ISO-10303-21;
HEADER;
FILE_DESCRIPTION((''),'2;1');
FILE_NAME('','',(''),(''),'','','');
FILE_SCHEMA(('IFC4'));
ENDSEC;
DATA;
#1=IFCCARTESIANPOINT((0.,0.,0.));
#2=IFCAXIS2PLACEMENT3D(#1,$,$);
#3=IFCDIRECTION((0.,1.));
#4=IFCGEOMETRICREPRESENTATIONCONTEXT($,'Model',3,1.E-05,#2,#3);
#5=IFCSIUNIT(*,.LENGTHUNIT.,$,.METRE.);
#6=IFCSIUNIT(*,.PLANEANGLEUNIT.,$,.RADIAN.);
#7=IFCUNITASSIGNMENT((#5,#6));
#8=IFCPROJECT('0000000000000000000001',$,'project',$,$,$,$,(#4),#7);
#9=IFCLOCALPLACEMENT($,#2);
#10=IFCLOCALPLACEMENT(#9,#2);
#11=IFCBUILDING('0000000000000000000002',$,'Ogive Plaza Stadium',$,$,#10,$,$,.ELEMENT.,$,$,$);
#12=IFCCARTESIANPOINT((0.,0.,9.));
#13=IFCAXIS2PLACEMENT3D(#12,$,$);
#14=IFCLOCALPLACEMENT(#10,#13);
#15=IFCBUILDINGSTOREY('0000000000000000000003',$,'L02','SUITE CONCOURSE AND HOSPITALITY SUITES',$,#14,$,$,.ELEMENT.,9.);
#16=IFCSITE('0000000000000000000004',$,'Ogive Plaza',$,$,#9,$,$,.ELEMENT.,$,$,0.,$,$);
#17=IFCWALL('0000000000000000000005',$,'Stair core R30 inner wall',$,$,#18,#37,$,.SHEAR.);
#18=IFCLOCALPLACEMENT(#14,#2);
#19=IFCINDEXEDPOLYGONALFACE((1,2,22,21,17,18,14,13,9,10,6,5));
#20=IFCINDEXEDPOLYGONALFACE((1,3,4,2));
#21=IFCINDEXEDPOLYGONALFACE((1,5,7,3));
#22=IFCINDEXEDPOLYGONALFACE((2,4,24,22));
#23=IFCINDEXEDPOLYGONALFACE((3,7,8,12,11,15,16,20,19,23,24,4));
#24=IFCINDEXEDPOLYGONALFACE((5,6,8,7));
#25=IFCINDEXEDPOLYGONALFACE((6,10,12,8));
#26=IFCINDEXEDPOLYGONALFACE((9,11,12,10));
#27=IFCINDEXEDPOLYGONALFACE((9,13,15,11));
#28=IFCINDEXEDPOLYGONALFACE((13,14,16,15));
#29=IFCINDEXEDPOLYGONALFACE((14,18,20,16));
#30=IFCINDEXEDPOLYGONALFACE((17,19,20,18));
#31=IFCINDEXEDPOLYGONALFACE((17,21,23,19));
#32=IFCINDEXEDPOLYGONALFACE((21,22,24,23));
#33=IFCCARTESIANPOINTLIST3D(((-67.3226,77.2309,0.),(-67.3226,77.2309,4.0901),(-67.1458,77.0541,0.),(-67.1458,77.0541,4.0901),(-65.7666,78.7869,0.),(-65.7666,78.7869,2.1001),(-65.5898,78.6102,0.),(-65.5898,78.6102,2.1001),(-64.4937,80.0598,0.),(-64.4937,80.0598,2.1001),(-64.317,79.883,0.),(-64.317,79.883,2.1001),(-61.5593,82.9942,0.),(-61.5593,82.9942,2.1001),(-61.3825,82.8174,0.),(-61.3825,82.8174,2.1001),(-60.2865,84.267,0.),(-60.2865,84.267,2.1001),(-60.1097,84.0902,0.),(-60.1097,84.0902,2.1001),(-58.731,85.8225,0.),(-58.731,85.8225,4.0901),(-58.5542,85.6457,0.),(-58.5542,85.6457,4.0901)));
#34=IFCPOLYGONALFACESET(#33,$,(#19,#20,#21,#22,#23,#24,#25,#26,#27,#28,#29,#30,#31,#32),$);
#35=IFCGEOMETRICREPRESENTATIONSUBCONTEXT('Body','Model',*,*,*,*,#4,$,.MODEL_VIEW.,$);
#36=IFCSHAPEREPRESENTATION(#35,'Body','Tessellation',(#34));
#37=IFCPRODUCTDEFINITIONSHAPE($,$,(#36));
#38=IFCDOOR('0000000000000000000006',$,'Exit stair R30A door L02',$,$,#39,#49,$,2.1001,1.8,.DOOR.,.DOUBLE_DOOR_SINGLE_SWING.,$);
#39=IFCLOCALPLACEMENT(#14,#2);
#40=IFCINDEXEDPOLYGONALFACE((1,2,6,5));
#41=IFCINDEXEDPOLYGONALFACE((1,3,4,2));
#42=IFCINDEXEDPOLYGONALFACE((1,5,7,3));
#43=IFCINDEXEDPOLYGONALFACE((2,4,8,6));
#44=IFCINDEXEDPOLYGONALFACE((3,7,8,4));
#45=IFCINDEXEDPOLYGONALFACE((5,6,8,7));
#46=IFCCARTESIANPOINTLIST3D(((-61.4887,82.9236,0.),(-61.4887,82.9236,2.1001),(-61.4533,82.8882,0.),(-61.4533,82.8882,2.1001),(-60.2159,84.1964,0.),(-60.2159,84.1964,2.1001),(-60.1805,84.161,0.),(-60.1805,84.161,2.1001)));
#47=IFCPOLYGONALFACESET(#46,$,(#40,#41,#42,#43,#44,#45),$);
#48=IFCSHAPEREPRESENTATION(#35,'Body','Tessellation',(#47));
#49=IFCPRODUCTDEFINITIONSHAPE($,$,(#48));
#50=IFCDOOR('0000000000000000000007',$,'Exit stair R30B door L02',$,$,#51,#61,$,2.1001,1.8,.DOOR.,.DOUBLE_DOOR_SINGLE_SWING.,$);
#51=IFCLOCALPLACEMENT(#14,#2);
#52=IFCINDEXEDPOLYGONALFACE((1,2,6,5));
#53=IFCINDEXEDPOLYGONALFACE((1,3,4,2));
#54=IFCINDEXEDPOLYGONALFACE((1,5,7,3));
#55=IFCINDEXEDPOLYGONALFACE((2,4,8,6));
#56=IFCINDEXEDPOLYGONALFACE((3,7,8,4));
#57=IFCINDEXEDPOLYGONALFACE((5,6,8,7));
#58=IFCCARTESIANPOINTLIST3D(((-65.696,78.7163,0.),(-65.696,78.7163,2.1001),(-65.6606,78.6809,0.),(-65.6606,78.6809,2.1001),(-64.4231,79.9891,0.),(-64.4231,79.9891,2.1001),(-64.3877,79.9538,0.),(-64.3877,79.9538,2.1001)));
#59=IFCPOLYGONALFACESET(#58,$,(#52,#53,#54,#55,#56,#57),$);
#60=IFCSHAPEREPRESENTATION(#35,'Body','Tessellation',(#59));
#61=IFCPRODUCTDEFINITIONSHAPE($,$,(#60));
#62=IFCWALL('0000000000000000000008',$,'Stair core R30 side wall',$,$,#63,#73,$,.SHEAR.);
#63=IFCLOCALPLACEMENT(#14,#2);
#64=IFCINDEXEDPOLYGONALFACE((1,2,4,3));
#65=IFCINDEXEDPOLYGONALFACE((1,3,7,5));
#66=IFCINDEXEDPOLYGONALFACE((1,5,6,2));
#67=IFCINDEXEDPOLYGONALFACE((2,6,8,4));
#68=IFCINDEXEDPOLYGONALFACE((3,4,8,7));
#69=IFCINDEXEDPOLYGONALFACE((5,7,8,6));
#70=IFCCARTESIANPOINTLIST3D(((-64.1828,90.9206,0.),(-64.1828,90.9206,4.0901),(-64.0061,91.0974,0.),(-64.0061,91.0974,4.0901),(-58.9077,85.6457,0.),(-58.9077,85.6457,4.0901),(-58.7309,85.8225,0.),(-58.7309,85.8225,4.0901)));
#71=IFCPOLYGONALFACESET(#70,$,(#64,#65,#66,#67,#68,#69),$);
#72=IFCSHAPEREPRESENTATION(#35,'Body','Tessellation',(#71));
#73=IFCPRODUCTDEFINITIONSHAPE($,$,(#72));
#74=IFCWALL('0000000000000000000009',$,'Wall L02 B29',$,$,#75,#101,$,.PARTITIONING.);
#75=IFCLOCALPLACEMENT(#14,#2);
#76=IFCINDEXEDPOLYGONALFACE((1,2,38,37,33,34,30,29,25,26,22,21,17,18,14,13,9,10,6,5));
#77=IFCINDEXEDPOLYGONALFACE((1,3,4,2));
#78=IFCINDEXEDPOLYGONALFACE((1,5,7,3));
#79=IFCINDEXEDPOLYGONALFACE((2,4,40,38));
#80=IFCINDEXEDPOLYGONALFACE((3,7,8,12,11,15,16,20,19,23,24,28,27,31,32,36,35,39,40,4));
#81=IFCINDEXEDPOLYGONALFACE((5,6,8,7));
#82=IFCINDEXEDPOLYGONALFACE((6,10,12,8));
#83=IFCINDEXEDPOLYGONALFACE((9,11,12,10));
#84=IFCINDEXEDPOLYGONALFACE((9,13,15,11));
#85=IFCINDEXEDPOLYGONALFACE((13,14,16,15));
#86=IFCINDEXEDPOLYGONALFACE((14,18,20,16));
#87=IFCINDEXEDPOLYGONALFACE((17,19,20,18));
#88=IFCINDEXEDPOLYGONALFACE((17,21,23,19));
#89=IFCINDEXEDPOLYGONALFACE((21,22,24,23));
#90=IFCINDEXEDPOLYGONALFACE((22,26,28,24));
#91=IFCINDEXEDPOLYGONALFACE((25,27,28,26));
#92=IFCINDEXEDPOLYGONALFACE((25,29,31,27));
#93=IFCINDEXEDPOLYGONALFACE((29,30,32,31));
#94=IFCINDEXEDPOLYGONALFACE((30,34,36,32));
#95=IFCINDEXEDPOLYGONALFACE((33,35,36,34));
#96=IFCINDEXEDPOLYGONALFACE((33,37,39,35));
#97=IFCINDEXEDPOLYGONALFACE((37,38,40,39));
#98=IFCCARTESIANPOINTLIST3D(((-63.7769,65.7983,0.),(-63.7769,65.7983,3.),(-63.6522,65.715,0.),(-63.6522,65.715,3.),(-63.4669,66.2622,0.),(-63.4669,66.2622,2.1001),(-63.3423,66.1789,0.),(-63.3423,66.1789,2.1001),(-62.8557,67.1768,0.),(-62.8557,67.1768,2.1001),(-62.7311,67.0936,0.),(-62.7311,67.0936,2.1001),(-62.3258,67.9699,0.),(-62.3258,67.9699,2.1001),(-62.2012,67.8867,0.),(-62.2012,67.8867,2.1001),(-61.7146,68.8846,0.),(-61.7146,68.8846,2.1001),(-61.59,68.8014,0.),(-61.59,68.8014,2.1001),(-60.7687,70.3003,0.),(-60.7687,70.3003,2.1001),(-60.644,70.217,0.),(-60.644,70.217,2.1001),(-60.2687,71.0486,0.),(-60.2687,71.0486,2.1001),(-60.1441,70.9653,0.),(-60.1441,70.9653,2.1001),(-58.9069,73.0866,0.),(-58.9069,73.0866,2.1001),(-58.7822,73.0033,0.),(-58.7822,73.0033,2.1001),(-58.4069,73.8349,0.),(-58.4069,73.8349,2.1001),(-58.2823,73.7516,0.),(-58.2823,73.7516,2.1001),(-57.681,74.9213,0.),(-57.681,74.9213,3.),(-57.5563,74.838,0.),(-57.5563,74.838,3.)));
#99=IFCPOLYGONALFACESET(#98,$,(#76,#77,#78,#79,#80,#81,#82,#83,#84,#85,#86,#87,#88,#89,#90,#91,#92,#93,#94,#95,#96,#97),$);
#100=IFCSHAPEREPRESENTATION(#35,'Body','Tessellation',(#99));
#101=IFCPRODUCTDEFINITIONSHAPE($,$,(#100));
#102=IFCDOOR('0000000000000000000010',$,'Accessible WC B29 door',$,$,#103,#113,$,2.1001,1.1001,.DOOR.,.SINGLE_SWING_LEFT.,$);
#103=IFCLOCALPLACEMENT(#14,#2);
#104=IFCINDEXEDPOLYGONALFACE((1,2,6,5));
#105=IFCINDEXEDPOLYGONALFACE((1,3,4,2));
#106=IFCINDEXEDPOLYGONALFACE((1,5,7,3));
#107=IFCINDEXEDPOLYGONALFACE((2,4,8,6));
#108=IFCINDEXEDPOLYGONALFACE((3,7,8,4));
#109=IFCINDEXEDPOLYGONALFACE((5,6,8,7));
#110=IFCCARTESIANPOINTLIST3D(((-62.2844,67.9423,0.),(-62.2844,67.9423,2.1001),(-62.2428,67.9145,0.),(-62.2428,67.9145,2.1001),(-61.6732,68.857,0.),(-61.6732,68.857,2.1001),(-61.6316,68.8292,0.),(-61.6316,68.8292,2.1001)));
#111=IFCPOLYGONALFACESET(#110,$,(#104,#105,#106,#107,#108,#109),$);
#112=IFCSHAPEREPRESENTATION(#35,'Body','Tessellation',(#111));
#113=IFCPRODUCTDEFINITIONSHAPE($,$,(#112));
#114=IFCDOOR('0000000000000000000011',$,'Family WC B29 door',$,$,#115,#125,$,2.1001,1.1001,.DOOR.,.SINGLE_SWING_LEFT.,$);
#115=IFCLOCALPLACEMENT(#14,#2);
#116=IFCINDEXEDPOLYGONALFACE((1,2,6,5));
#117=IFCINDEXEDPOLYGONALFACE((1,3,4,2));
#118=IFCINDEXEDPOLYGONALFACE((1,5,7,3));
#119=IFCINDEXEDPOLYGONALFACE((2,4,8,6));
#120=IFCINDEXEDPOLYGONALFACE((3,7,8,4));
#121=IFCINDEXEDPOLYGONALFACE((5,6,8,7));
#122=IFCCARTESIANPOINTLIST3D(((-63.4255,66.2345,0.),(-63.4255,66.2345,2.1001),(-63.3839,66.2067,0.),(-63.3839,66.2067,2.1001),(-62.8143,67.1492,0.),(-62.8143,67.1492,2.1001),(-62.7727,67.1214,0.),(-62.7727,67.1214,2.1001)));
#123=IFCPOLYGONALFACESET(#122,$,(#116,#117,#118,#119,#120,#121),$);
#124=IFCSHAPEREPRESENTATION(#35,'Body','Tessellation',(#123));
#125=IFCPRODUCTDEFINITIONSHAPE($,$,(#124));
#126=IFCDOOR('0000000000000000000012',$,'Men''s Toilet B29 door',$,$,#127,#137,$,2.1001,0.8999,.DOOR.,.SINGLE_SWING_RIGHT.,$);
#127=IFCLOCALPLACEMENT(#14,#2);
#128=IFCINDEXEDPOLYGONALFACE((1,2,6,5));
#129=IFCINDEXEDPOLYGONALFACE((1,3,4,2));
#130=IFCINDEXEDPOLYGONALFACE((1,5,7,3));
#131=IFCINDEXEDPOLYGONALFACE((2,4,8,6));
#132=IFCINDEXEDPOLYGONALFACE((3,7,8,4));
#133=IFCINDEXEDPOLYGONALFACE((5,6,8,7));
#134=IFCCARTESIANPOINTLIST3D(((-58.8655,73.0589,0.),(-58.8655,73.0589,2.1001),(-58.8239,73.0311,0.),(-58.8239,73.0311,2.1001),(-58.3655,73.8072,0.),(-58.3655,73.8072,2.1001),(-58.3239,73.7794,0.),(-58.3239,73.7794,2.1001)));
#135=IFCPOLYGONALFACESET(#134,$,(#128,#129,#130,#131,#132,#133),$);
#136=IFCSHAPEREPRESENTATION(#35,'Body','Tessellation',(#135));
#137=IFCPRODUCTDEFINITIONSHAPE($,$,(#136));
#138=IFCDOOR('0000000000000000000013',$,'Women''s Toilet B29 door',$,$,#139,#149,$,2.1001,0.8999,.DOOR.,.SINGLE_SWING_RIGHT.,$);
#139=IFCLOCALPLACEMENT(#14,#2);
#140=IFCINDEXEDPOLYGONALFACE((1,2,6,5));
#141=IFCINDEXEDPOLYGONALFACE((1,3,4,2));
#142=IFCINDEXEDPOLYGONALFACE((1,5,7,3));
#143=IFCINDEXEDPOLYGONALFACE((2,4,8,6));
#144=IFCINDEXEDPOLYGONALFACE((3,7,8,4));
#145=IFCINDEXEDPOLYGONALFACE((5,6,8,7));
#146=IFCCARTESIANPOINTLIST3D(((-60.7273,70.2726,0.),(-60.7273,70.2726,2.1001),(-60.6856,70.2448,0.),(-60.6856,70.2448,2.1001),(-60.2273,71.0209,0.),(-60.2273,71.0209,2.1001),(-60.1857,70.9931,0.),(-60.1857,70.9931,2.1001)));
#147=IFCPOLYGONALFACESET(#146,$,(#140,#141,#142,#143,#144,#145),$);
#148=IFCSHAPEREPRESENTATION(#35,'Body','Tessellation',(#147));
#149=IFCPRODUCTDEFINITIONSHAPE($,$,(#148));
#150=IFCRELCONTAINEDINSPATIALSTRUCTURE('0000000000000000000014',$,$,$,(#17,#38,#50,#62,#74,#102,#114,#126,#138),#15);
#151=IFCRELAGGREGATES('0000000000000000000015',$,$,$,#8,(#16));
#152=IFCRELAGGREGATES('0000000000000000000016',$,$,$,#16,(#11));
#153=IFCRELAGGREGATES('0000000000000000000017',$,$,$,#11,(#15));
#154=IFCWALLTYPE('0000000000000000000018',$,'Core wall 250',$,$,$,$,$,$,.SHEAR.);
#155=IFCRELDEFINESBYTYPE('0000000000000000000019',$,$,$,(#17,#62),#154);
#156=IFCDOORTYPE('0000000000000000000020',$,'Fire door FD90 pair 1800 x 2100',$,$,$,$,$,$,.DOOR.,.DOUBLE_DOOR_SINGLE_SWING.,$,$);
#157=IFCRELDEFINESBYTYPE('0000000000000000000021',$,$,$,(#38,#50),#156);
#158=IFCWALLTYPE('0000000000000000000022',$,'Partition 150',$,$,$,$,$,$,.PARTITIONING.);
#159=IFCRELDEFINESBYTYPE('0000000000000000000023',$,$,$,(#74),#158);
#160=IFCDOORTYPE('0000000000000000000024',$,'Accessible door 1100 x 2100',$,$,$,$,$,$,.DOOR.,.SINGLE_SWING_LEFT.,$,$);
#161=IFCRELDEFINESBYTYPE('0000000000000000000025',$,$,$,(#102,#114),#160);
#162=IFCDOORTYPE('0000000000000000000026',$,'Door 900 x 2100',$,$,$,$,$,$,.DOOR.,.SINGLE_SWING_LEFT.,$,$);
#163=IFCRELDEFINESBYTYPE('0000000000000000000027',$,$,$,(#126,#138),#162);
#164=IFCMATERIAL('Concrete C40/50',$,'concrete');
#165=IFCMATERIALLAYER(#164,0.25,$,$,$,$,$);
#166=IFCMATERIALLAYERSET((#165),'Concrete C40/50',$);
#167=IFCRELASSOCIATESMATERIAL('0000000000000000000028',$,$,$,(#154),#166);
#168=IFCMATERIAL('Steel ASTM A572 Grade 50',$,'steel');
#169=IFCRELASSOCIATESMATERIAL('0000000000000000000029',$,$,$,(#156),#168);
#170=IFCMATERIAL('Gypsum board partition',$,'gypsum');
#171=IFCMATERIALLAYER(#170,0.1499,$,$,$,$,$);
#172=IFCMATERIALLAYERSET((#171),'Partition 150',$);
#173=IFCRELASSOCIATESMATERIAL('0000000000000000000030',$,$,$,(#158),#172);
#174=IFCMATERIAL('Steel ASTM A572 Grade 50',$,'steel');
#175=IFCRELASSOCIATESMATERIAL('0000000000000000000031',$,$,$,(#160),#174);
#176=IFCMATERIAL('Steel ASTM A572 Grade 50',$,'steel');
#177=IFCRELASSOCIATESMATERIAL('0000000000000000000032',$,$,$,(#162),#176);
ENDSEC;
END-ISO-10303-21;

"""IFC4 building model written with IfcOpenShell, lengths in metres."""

from ifc_helpers import new_model, si_unit, direction, frame, frame_2d, origin, place, context, subcontext, project, spatial, rectangle, extrude, material, layer, layer_set, type_object, element, fill, save


model = new_model("IFC4")

# Units and contexts
model_context = context("Model", 3, precision=1e-05, world=origin(), true_north=direction((0.0, 1.0)))
body_context = subcontext(model_context, "Body", "Model", "MODEL_VIEW")
ifc_project = project(units=[si_unit("LENGTHUNIT", "METRE"), si_unit("PLANEANGLEUNIT", "RADIAN")], contexts=[model_context])

# Site, building, storey
site_placement = place(None, origin())
site = spatial("IfcSite", under=ifc_project, at=site_placement, Name="Ogive Plaza", CompositionType="ELEMENT", RefElevation=0.0)
building_placement = place(site_placement, origin())
building = spatial("IfcBuilding", under=site, at=building_placement, Name="Ogive Plaza Stadium", CompositionType="ELEMENT")
storey_placement = place(building_placement, frame((0.0, 0.0, 9.0)))
storey = spatial("IfcBuildingStorey", under=building, at=storey_placement, Name="L02", Description="SUITE CONCOURSE AND HOSPITALITY SUITES", CompositionType="ELEMENT", Elevation=9.0)

# Wall, openings, doors
ifc_material_1 = material(Name="Concrete C40/50", Category="concrete")
ifc_layer_1 = layer(ifc_material_1, 0.25)
ifc_layer_set_1 = layer_set([ifc_layer_1], Name="Concrete C40/50")
wall_type_1 = type_object("IfcWallType", Name="Core wall 250", PredefinedType="SHEAR", material=ifc_layer_set_1)
wall_1_placement = place(storey_placement, frame((-58.6426, 85.7341, 0.0), z_axis=(0.0, 0.0, 1.0), x_axis=(-0.707107, -0.707107, 0.0)))
wall_1 = element("IfcWall", 1, at=wall_1_placement, inside=storey, type_object=wall_type_1, Name="Stair core R30 inner wall", PredefinedType="SHEAR", context=body_context, shape_type="SweptSolid", body=[
    extrude(rectangle(XDim=12.1504, YDim=0.25, at=frame_2d((6.0752, 0.0))), origin(), (0.0, 0.0, 1.0), 4.0901),
])
opening_1_placement = place(wall_1_placement, frame((2.2, 0.0, 0.0)))
opening_1 = element("IfcOpeningElement", 2, at=opening_1_placement, cuts=wall_1, PredefinedType="OPENING", context=body_context, shape_type="SweptSolid", body=[
    extrude(rectangle(XDim=1.8, YDim=2.1001, at=frame_2d((0.8999, 1.05))), frame((0.0, 0.125, 0.0), z_axis=(0.0, -1.0, 0.0), x_axis=(1.0, 0.0, 0.0)), (0.0, 0.0, 1.0), 0.25),
])
opening_2_placement = place(wall_1_placement, frame((8.1499, 0.0, 0.0)))
opening_2 = element("IfcOpeningElement", 3, at=opening_2_placement, cuts=wall_1, PredefinedType="OPENING", context=body_context, shape_type="SweptSolid", body=[
    extrude(rectangle(XDim=1.8, YDim=2.1001, at=frame_2d((0.8999, 1.05))), frame((0.0, 0.125, 0.0), z_axis=(0.0, -1.0, 0.0), x_axis=(1.0, 0.0, 0.0)), (0.0, 0.0, 1.0), 0.25),
])
ifc_material_2 = material(Name="Steel ASTM A572 Grade 50", Category="steel")
door_type_1 = type_object("IfcDoorType", Name="Fire door FD90 pair 1800 x 2100", OperationType="DOUBLE_DOOR_SINGLE_SWING", PredefinedType="DOOR", material=ifc_material_2)
door_1_placement = place(opening_1_placement, origin())
door_1 = element("IfcDoor", 4, at=door_1_placement, inside=storey, type_object=door_type_1, Name="Exit stair R30A door L02", OperationType="DOUBLE_DOOR_SINGLE_SWING", OverallHeight=2.1001, OverallWidth=1.8, PredefinedType="DOOR", context=body_context, shape_type="SweptSolid", body=[
    extrude(rectangle(XDim=1.8, YDim=2.1001, at=frame_2d((0.8999, 1.05))), frame((0.0, 0.0249, 0.0), z_axis=(0.0, -1.0, 0.0), x_axis=(1.0, 0.0, 0.0)), (0.0, 0.0, 1.0), 0.05),
])
fill(opening_1, door_1)
door_2_placement = place(opening_2_placement, origin())
door_2 = element("IfcDoor", 5, at=door_2_placement, inside=storey, type_object=door_type_1, Name="Exit stair R30B door L02", OperationType="DOUBLE_DOOR_SINGLE_SWING", OverallHeight=2.1001, OverallWidth=1.8, PredefinedType="DOOR", context=body_context, shape_type="SweptSolid", body=[
    extrude(rectangle(XDim=1.8, YDim=2.1001, at=frame_2d((0.8999, 1.05))), frame((0.0, 0.0249, 0.0), z_axis=(0.0, -1.0, 0.0), x_axis=(1.0, 0.0, 0.0)), (0.0, 0.0, 1.0), 0.05),
])
fill(opening_2, door_2)

# Wall
wall_2_placement = place(storey_placement, frame((-58.8193, 85.7341, 0.0), z_axis=(0.0, 0.0, 1.0), x_axis=(-0.707123, 0.70709, 0.0)))
element("IfcWall", 6, at=wall_2_placement, inside=storey, type_object=wall_type_1, Name="Stair core R30 side wall", PredefinedType="SHEAR", context=body_context, shape_type="SweptSolid", body=[
    extrude(rectangle(XDim=7.46, YDim=0.25, at=frame_2d((3.73, 0.0))), origin(), (0.0, 0.0, 1.0), 4.0901),
])

# Wall, openings, doors
ifc_material_3 = material(Name="Gypsum board partition", Category="gypsum")
ifc_layer_2 = layer(ifc_material_3, 0.1499)
ifc_layer_set_2 = layer_set([ifc_layer_2], Name="Partition 150")
wall_type_2 = type_object("IfcWallType", Name="Partition 150", PredefinedType="PARTITIONING", material=ifc_layer_set_2)
wall_3_placement = place(storey_placement, frame((-57.6187, 74.8796, 0.0), z_axis=(0.0, 0.0, 1.0), x_axis=(-0.555578, -0.831464, 0.0)))
wall_3 = element("IfcWall", 7, at=wall_3_placement, inside=storey, type_object=wall_type_2, Name="Wall L02 B29", PredefinedType="PARTITIONING", context=body_context, shape_type="SweptSolid", body=[
    extrude(rectangle(XDim=10.9722, YDim=0.1499, at=frame_2d((5.4861, 0.0))), origin(), (0.0, 0.0, 1.0), 3.0),
])
opening_3_placement = place(wall_3_placement, frame((1.3066, 0.0, 0.0)))
opening_3 = element("IfcOpeningElement", 8, at=opening_3_placement, cuts=wall_3, PredefinedType="OPENING", context=body_context, shape_type="SweptSolid", body=[
    extrude(rectangle(XDim=0.8999, YDim=2.1001, at=frame_2d((0.45, 1.05))), frame((0.0, 0.075, 0.0), z_axis=(0.0, -1.0, 0.0), x_axis=(1.0, 0.0, 0.0)), (0.0, 0.0, 1.0), 0.1499),
])
opening_4_placement = place(wall_3_placement, frame((4.6577, 0.0, 0.0)))
opening_4 = element("IfcOpeningElement", 9, at=opening_4_placement, cuts=wall_3, PredefinedType="OPENING", context=body_context, shape_type="SweptSolid", body=[
    extrude(rectangle(XDim=0.8999, YDim=2.1001, at=frame_2d((0.45, 1.05))), frame((0.0, 0.075, 0.0), z_axis=(0.0, -1.0, 0.0), x_axis=(1.0, 0.0, 0.0)), (0.0, 0.0, 1.0), 0.1499),
])
opening_5_placement = place(wall_3_placement, frame((7.2603, 0.0, 0.0)))
opening_5 = element("IfcOpeningElement", 10, at=opening_5_placement, cuts=wall_3, PredefinedType="OPENING", context=body_context, shape_type="SweptSolid", body=[
    extrude(rectangle(XDim=1.1001, YDim=2.1001, at=frame_2d((0.55, 1.05))), frame((0.0, 0.075, 0.0), z_axis=(0.0, -1.0, 0.0), x_axis=(1.0, 0.0, 0.0)), (0.0, 0.0, 1.0), 0.1499),
])
opening_6_placement = place(wall_3_placement, frame((9.3142, 0.0, 0.0)))
opening_6 = element("IfcOpeningElement", 11, at=opening_6_placement, cuts=wall_3, PredefinedType="OPENING", context=body_context, shape_type="SweptSolid", body=[
    extrude(rectangle(XDim=1.1001, YDim=2.1001, at=frame_2d((0.55, 1.05))), frame((0.0, 0.075, 0.0), z_axis=(0.0, -1.0, 0.0), x_axis=(1.0, 0.0, 0.0)), (0.0, 0.0, 1.0), 0.1499),
])
ifc_material_4 = material(Name="Steel ASTM A572 Grade 50", Category="steel")
door_type_2 = type_object("IfcDoorType", Name="Accessible door 1100 x 2100", OperationType="SINGLE_SWING_LEFT", PredefinedType="DOOR", material=ifc_material_4)
door_3_placement = place(opening_5_placement, origin())
door_3 = element("IfcDoor", 12, at=door_3_placement, inside=storey, type_object=door_type_2, Name="Accessible WC B29 door", OperationType="SINGLE_SWING_LEFT", OverallHeight=2.1001, OverallWidth=1.1001, PredefinedType="DOOR", context=body_context, shape_type="SweptSolid", body=[
    extrude(rectangle(XDim=1.1001, YDim=2.1001, at=frame_2d((0.55, 1.05))), frame((0.0, 0.0249, 0.0), z_axis=(0.0, -1.0, 0.0), x_axis=(1.0, 0.0, 0.0)), (0.0, 0.0, 1.0), 0.05),
])
fill(opening_5, door_3)
door_4_placement = place(opening_6_placement, origin())
door_4 = element("IfcDoor", 13, at=door_4_placement, inside=storey, type_object=door_type_2, Name="Family WC B29 door", OperationType="SINGLE_SWING_LEFT", OverallHeight=2.1001, OverallWidth=1.1001, PredefinedType="DOOR", context=body_context, shape_type="SweptSolid", body=[
    extrude(rectangle(XDim=1.1001, YDim=2.1001, at=frame_2d((0.55, 1.05))), frame((0.0, 0.0249, 0.0), z_axis=(0.0, -1.0, 0.0), x_axis=(1.0, 0.0, 0.0)), (0.0, 0.0, 1.0), 0.05),
])
fill(opening_6, door_4)
ifc_material_5 = material(Name="Steel ASTM A572 Grade 50", Category="steel")
door_type_3 = type_object("IfcDoorType", Name="Door 900 x 2100", OperationType="SINGLE_SWING_LEFT", PredefinedType="DOOR", material=ifc_material_5)
door_5_placement = place(opening_3_placement, origin())
door_5 = element("IfcDoor", 14, at=door_5_placement, inside=storey, type_object=door_type_3, Name="Men's Toilet B29 door", OperationType="SINGLE_SWING_RIGHT", OverallHeight=2.1001, OverallWidth=0.8999, PredefinedType="DOOR", context=body_context, shape_type="SweptSolid", body=[
    extrude(rectangle(XDim=0.8999, YDim=2.1001, at=frame_2d((0.45, 1.05))), frame((0.0, 0.0249, 0.0), z_axis=(0.0, -1.0, 0.0), x_axis=(1.0, 0.0, 0.0)), (0.0, 0.0, 1.0), 0.05),
])
fill(opening_3, door_5)
door_6_placement = place(opening_4_placement, origin())
door_6 = element("IfcDoor", 15, at=door_6_placement, inside=storey, type_object=door_type_3, Name="Women's Toilet B29 door", OperationType="SINGLE_SWING_RIGHT", OverallHeight=2.1001, OverallWidth=0.8999, PredefinedType="DOOR", context=body_context, shape_type="SweptSolid", body=[
    extrude(rectangle(XDim=0.8999, YDim=2.1001, at=frame_2d((0.45, 1.05))), frame((0.0, 0.0249, 0.0), z_axis=(0.0, -1.0, 0.0), x_axis=(1.0, 0.0, 0.0)), (0.0, 0.0, 1.0), 0.05),
])
fill(opening_4, door_6)

save(model, "model.ifc")
